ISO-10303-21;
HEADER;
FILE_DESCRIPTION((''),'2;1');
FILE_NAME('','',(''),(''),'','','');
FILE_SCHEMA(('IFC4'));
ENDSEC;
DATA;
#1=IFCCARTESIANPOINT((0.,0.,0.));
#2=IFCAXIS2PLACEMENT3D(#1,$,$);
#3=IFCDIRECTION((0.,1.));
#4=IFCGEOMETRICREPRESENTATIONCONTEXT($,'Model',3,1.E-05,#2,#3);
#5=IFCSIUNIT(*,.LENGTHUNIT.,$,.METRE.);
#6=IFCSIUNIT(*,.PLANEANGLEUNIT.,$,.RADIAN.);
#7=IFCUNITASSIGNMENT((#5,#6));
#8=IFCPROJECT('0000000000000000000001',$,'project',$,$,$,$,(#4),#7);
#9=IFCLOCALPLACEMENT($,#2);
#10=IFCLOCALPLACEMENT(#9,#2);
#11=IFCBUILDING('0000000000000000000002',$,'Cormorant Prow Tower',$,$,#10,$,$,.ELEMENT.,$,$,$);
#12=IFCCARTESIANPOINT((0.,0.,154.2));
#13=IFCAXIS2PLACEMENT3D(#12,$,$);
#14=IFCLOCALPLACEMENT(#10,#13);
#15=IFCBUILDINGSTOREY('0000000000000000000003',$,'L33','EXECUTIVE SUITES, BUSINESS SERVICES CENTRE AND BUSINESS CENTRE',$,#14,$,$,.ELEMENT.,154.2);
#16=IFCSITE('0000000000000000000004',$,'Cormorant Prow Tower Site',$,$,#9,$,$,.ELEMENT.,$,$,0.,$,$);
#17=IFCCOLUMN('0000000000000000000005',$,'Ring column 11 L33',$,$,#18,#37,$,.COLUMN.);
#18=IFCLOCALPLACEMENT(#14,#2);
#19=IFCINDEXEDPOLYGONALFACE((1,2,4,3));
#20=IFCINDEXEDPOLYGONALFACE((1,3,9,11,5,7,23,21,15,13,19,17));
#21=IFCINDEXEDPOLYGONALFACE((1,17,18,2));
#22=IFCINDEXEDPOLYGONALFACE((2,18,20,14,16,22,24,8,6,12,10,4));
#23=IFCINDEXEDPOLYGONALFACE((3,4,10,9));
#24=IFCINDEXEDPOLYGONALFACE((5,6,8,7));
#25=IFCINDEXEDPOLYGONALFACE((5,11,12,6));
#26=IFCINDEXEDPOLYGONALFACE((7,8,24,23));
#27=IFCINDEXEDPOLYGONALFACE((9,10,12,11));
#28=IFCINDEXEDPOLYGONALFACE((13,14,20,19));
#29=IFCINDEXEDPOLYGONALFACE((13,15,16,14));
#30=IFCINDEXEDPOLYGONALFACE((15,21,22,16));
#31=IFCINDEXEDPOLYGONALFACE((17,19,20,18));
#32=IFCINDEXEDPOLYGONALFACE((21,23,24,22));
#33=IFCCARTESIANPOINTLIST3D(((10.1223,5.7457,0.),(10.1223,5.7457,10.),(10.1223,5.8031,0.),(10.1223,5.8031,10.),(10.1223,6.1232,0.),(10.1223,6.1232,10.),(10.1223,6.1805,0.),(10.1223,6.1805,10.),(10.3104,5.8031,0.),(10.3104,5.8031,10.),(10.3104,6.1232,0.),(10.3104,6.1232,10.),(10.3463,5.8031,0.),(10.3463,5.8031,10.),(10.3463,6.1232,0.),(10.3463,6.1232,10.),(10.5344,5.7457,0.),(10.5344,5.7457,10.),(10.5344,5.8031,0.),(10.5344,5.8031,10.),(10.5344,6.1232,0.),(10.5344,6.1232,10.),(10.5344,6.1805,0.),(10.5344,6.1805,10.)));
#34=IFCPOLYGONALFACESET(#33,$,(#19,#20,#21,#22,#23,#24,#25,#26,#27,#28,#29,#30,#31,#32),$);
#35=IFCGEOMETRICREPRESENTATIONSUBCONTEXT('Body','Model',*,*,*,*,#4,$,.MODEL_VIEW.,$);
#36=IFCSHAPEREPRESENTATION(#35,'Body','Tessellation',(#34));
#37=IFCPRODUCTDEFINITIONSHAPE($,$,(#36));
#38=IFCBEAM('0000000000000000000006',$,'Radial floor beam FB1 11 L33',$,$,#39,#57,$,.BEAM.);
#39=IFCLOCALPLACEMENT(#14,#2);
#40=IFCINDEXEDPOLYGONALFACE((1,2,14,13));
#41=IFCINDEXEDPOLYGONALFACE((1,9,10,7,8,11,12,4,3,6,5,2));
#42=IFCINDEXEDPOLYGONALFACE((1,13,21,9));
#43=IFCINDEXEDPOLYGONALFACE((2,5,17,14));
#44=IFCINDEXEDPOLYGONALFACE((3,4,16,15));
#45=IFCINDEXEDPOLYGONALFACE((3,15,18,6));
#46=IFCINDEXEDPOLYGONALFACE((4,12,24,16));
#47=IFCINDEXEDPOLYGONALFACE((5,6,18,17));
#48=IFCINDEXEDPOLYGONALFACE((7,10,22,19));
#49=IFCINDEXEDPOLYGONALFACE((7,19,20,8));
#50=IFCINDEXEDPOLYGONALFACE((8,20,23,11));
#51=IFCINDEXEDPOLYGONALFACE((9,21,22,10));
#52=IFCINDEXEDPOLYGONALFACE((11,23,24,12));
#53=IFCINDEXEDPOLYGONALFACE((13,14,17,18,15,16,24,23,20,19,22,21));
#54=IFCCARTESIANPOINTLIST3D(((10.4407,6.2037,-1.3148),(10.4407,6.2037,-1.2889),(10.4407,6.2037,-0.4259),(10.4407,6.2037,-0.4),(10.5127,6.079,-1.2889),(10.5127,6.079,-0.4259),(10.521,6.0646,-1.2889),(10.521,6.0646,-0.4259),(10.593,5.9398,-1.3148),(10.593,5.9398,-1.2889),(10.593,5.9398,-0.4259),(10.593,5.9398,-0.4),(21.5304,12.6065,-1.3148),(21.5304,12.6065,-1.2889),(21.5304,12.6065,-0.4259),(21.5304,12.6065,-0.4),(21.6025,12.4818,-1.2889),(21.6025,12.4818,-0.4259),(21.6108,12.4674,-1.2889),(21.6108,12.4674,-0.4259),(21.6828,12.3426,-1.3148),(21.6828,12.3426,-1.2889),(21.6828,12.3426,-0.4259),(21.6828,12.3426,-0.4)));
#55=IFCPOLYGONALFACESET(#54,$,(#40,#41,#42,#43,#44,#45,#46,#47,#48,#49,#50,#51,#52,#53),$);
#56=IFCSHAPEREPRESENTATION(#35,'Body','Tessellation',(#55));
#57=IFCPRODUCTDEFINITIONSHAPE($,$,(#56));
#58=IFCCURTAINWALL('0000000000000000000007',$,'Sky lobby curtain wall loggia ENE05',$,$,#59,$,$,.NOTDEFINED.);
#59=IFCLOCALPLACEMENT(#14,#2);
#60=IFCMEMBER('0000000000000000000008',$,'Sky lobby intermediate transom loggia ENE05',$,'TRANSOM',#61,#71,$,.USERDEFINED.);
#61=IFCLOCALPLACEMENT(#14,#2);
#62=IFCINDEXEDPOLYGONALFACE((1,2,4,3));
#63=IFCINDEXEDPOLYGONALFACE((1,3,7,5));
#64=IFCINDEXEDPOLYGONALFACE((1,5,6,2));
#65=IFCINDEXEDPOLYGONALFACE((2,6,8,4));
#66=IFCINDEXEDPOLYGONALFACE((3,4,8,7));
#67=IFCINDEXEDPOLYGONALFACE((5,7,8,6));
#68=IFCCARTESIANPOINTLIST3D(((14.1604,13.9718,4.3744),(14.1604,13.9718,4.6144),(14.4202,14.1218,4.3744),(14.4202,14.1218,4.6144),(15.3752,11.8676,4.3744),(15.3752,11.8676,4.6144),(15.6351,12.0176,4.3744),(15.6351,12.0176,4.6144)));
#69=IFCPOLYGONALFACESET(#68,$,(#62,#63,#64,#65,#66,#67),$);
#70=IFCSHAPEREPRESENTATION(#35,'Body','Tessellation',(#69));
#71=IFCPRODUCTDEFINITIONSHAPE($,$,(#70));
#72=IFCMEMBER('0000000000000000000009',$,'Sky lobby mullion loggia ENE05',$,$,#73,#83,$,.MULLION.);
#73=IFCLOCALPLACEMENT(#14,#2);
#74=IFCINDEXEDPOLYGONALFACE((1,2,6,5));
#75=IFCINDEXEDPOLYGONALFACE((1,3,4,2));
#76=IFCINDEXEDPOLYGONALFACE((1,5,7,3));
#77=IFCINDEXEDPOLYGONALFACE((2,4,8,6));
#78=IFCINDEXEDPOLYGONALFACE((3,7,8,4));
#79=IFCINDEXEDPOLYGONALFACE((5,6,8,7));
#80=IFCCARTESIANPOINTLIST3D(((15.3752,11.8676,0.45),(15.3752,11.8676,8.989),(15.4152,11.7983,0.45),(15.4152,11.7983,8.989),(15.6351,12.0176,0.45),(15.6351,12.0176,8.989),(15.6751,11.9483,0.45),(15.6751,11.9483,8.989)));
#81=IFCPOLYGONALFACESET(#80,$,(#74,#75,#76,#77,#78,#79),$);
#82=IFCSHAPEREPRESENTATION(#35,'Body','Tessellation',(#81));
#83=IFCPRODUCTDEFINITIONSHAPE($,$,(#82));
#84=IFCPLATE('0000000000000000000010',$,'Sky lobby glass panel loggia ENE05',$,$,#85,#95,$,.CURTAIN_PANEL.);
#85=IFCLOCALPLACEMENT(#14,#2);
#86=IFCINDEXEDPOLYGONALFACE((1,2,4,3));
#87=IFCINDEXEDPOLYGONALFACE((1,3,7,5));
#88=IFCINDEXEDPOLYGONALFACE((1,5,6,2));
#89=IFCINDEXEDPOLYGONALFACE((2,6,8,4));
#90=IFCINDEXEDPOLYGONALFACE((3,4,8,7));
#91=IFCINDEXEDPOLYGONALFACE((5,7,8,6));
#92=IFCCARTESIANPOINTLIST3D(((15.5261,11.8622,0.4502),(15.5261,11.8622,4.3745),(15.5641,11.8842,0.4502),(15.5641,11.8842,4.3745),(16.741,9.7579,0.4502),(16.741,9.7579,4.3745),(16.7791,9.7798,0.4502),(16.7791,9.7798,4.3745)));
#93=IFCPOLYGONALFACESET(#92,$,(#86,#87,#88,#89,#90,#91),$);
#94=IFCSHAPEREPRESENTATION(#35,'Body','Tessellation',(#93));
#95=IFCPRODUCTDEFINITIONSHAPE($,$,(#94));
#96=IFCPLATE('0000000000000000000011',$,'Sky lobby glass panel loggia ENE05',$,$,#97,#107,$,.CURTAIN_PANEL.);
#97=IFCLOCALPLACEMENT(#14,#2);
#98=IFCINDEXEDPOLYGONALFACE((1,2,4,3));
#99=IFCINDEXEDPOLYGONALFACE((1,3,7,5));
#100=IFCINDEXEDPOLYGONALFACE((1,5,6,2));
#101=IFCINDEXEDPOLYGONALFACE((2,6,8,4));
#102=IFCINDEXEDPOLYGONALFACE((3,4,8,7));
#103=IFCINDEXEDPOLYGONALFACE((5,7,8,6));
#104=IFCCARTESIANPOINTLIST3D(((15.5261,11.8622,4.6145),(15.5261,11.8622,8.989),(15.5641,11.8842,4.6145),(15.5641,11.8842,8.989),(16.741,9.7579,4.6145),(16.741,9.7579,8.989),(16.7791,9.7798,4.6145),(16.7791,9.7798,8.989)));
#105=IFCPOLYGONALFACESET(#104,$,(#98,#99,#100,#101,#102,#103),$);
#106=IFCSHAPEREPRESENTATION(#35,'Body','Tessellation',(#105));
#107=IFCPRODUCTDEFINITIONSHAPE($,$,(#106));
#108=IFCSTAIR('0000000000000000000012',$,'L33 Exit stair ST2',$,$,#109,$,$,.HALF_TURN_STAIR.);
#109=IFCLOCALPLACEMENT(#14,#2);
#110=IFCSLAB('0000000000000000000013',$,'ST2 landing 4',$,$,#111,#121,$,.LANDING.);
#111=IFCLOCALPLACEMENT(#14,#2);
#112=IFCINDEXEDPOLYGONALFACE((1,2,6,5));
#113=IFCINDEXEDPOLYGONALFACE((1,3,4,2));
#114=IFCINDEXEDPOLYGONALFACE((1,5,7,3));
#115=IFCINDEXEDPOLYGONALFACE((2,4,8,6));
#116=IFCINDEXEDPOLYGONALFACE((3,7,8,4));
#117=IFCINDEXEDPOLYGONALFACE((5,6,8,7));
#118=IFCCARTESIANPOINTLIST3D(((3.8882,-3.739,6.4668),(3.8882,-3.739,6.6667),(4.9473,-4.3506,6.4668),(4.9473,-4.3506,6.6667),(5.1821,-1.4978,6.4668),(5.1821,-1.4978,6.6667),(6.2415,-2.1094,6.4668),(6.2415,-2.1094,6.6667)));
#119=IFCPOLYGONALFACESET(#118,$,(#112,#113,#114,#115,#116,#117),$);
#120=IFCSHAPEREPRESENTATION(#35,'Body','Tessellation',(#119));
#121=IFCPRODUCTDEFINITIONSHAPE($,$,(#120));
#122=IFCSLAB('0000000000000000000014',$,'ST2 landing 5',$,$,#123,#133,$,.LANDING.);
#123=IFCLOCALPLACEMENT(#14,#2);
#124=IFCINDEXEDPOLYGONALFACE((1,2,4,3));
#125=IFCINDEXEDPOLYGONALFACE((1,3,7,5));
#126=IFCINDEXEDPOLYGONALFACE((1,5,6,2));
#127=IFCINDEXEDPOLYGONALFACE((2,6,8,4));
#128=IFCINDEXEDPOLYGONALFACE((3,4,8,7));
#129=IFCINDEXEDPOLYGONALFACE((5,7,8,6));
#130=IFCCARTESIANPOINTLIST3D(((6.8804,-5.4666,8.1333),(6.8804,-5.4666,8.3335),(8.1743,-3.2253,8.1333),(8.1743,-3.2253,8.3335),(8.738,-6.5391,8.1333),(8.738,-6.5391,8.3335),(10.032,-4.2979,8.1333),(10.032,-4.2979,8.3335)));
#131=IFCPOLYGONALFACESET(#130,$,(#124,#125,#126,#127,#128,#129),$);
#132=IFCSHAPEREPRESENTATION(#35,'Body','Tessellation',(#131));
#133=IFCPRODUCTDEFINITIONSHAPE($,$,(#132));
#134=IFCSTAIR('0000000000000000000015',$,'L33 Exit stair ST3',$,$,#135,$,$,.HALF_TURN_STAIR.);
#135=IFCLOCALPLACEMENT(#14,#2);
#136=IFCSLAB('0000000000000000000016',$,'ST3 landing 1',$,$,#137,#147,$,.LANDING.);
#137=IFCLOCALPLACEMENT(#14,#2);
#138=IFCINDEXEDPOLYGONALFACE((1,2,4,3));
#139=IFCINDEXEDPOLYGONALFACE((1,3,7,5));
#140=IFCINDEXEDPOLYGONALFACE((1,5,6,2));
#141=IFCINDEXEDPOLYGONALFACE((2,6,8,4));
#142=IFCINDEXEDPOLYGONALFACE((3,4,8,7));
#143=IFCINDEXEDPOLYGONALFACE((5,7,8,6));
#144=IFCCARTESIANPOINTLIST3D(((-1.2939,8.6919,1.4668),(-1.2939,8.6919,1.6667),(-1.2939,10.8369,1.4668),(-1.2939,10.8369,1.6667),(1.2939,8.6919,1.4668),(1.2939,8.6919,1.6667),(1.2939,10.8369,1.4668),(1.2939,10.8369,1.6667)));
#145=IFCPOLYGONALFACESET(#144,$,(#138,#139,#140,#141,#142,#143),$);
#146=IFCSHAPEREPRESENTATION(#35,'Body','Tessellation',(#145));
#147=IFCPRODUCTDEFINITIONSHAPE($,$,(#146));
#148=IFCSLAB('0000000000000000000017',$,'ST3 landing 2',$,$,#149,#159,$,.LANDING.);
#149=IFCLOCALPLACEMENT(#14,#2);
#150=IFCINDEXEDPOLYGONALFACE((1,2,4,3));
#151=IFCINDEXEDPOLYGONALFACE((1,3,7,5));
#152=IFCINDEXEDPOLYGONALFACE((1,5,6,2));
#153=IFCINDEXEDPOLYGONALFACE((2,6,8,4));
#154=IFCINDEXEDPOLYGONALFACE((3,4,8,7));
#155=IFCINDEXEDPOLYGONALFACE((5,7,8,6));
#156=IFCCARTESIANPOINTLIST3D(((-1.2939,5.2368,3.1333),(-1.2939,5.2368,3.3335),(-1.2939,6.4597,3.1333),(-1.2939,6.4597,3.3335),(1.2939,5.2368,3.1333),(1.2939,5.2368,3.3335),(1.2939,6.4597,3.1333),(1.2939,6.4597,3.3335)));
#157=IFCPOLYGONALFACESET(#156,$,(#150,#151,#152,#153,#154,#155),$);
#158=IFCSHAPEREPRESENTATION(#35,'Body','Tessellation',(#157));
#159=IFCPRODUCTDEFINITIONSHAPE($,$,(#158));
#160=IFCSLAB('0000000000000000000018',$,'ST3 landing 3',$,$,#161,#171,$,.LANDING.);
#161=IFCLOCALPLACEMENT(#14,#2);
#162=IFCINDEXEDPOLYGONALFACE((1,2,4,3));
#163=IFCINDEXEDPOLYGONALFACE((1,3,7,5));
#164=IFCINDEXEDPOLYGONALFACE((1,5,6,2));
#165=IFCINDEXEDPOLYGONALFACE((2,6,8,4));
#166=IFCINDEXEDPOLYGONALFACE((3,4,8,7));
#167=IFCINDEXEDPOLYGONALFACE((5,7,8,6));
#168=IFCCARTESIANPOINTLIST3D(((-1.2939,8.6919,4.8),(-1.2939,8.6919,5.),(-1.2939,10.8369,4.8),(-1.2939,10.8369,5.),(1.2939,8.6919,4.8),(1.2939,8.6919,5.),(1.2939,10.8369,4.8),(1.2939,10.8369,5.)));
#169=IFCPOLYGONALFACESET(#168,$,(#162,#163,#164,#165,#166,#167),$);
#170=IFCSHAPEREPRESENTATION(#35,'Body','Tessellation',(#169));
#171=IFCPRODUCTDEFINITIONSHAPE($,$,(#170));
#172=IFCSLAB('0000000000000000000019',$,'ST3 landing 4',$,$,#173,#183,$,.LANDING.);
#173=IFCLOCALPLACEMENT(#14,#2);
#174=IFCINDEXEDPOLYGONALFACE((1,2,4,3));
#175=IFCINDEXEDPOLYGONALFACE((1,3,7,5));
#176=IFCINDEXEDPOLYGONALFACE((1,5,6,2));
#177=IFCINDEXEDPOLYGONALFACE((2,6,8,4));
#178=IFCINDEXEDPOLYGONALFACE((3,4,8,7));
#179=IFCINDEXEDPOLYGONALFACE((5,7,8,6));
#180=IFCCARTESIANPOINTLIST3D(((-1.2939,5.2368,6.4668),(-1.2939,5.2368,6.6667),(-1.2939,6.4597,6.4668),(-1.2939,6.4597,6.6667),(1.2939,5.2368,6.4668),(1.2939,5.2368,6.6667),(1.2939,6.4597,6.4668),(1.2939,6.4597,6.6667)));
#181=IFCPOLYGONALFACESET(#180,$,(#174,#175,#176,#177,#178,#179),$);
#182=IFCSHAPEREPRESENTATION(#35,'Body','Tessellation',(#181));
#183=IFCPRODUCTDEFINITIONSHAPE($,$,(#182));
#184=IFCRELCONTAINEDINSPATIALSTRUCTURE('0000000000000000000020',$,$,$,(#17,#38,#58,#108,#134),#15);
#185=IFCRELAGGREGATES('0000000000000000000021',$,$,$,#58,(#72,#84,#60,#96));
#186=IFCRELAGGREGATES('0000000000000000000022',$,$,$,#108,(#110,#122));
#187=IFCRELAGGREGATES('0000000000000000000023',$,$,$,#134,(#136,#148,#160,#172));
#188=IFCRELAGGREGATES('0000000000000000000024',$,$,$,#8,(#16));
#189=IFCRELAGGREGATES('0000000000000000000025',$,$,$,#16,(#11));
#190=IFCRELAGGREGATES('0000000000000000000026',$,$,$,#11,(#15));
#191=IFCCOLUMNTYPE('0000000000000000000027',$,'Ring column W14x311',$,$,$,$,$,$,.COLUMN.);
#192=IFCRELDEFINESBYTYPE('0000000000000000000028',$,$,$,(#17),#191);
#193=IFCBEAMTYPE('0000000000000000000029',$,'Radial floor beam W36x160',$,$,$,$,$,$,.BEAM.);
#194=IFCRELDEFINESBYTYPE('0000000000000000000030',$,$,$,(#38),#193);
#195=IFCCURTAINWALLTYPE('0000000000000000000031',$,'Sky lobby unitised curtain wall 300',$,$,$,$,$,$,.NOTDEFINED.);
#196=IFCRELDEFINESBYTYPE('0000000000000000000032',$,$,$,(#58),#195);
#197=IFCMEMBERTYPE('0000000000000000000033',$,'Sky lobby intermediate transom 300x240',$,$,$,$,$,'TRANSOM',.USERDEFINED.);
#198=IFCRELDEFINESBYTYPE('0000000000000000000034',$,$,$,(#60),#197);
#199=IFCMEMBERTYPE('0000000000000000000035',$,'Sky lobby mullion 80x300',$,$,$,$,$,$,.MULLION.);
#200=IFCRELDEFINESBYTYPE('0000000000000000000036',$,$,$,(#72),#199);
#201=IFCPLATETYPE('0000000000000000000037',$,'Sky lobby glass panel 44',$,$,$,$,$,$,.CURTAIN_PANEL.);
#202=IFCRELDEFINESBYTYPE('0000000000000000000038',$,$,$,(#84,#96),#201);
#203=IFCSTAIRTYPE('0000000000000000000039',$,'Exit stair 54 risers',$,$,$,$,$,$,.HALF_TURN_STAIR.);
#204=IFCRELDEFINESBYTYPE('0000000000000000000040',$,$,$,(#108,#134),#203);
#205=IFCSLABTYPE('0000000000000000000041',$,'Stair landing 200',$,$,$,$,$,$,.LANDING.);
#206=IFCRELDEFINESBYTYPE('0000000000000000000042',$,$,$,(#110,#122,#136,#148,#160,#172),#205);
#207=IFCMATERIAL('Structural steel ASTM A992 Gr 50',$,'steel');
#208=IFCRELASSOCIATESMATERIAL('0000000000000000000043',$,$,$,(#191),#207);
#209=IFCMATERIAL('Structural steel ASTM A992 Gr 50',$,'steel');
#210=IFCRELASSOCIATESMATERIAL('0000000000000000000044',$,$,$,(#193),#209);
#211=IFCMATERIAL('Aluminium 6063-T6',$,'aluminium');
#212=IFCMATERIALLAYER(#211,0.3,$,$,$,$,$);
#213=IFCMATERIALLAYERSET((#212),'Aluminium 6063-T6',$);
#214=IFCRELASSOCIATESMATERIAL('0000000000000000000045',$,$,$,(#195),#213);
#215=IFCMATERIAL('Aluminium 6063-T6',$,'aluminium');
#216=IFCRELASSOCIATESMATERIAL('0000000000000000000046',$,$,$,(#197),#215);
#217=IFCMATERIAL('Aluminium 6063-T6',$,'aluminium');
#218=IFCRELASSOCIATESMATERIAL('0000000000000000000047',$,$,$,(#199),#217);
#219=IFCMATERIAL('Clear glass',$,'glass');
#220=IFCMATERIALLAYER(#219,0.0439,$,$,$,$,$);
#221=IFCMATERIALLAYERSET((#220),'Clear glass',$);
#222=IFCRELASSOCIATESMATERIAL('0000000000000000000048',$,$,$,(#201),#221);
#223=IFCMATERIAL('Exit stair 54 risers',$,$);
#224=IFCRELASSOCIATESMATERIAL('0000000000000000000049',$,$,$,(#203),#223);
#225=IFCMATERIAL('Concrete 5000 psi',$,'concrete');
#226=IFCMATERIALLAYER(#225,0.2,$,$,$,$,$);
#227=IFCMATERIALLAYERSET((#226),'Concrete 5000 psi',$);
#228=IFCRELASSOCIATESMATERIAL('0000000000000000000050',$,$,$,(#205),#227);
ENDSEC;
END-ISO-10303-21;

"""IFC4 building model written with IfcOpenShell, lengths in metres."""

from ifc_helpers import new_model, si_unit, direction, frame, origin, origin_2d, place, context, subcontext, project, spatial, polyline, rectangle, i_section, outline, extrude, material, layer, layer_set, material_profile, profile_set, type_object, element, aggregate, save


model = new_model("IFC4")

# Units and contexts
model_context = context("Model", 3, precision=1e-05, world=origin(), true_north=direction((0.0, 1.0)))
body_context = subcontext(model_context, "Body", "Model", "MODEL_VIEW")
ifc_project = project(units=[si_unit("LENGTHUNIT", "METRE"), si_unit("PLANEANGLEUNIT", "RADIAN")], contexts=[model_context])

# Site, building, storey
site_placement = place(None, origin())
site = spatial("IfcSite", under=ifc_project, at=site_placement, Name="Cormorant Prow Tower Site", CompositionType="ELEMENT", RefElevation=0.0)
building_placement = place(site_placement, origin())
building = spatial("IfcBuilding", under=site, at=building_placement, Name="Cormorant Prow Tower", CompositionType="ELEMENT")
storey_placement = place(building_placement, frame((0.0, 0.0, 154.2)))
storey = spatial("IfcBuildingStorey", under=building, at=storey_placement, Name="L33", Description="EXECUTIVE SUITES, BUSINESS SERVICES CENTRE AND BUSINESS CENTRE", CompositionType="ELEMENT", Elevation=154.2)

# Column
ifc_material_1 = material(Name="Structural steel ASTM A992 Gr 50", Category="steel")
ifc_material_profile_1 = material_profile(ifc_material_1, i_section(OverallWidth=0.4121, OverallDepth=0.4348, WebThickness=0.0359, FlangeThickness=0.0574, at=origin_2d()), Name="W14x311")
ifc_profile_set_1 = profile_set([ifc_material_profile_1], Name="Structural steel ASTM A992 Gr 50")
column_type = type_object("IfcColumnType", Name="Ring column W14x311", PredefinedType="COLUMN", material=ifc_profile_set_1)
column_placement = place(storey_placement, frame((10.3284, 5.9631, 0.0), z_axis=(0.0, 0.0, 1.0), x_axis=(1.0, 0.0, 0.0)))
element("IfcColumn", 1, at=column_placement, inside=storey, type_object=column_type, Name="Ring column 11 L33", PredefinedType="COLUMN", context=body_context, shape_type="SweptSolid", body=[
    extrude(i_section(OverallWidth=0.4121, OverallDepth=0.4348, WebThickness=0.0359, FlangeThickness=0.0574, at=origin_2d()), origin(), (0.0, 0.0, 1.0), 10.0),
])

# Beam
ifc_material_2 = material(Name="Structural steel ASTM A992 Gr 50", Category="steel")
ifc_material_profile_2 = material_profile(ifc_material_2, i_section(OverallWidth=0.3047, OverallDepth=0.9148, WebThickness=0.0166, FlangeThickness=0.0259, at=origin_2d()), Name="W36x160")
ifc_profile_set_2 = profile_set([ifc_material_profile_2], Name="Structural steel ASTM A992 Gr 50")
beam_type = type_object("IfcBeamType", Name="Radial floor beam W36x160", PredefinedType="BEAM", material=ifc_profile_set_2)
beam_placement = place(storey_placement, frame((10.5168, 6.0718, -0.8574), z_axis=(0.866022, 0.500006, 0.0), x_axis=(-0.500006, 0.866022, 0.0)))
element("IfcBeam", 2, at=beam_placement, inside=storey, type_object=beam_type, Name="Radial floor beam FB1 11 L33", PredefinedType="BEAM", context=body_context, shape_type="SweptSolid", body=[
    extrude(i_section(OverallWidth=0.3047, OverallDepth=0.9148, WebThickness=0.0166, FlangeThickness=0.0259, at=origin_2d()), origin(), (0.0, 0.0, 1.0), 12.8054),
])

# Curtain wall, members, plates
ifc_material_3 = material(Name="Aluminium 6063-T6", Category="aluminium")
ifc_layer_1 = layer(ifc_material_3, 0.3)
ifc_layer_set_1 = layer_set([ifc_layer_1], Name="Aluminium 6063-T6")
curtain_wall_type = type_object("IfcCurtainWallType", Name="Sky lobby unitised curtain wall 300", PredefinedType="NOTDEFINED", material=ifc_layer_set_1)
curtain_wall_placement = place(storey_placement, origin())
curtain_wall = element("IfcCurtainWall", 3, at=curtain_wall_placement, inside=storey, type_object=curtain_wall_type, Name="Sky lobby curtain wall loggia ENE05", PredefinedType="NOTDEFINED")
ifc_material_4 = material(Name="Aluminium 6063-T6", Category="aluminium")
ifc_material_profile_3 = material_profile(ifc_material_4, rectangle(XDim=0.3, YDim=0.24, at=origin_2d()), Name="Sky lobby intermediate transom 300x240")
ifc_profile_set_3 = profile_set([ifc_material_profile_3], Name="Aluminium 6063-T6")
member_type_1 = type_object("IfcMemberType", Name="Sky lobby intermediate transom 300x240", ElementType="TRANSOM", PredefinedType="USERDEFINED", material=ifc_profile_set_3)
member_1_placement = place(storey_placement, frame((15.5051, 11.9426, 4.4944), z_axis=(-0.499986, 0.866033, 0.0), x_axis=(-0.866033, -0.499986, 0.0)))
member_1 = element("IfcMember", 4, at=member_1_placement, type_object=member_type_1, Name="Sky lobby intermediate transom loggia ENE05", ObjectType="TRANSOM", PredefinedType="USERDEFINED", context=body_context, shape_type="SweptSolid", body=[
    extrude(rectangle(XDim=0.3, YDim=0.24, at=origin_2d()), origin(), (0.0, 0.0, 1.0), 2.4297),
])
ifc_material_5 = material(Name="Aluminium 6063-T6", Category="aluminium")
ifc_material_profile_4 = material_profile(ifc_material_5, rectangle(XDim=0.3, YDim=0.0801, at=origin_2d()), Name="Sky lobby mullion 80x300")
ifc_profile_set_4 = profile_set([ifc_material_profile_4], Name="Aluminium 6063-T6")
member_type_2 = type_object("IfcMemberType", Name="Sky lobby mullion 80x300", PredefinedType="MULLION", material=ifc_profile_set_4)
member_2_placement = place(storey_placement, frame((15.5251, 11.908, 0.45), z_axis=(0.0, 0.0, 1.0), x_axis=(-0.866025, -0.5, 0.0)))
member_2 = element("IfcMember", 5, at=member_2_placement, type_object=member_type_2, Name="Sky lobby mullion loggia ENE05", PredefinedType="MULLION", context=body_context, shape_type="SweptSolid", body=[
    extrude(rectangle(XDim=0.3, YDim=0.0801, at=origin_2d()), origin(), (0.0, 0.0, 1.0), 8.5391),
])
ifc_material_6 = material(Name="Clear glass", Category="glass")
ifc_layer_2 = layer(ifc_material_6, 0.0439)
ifc_layer_set_2 = layer_set([ifc_layer_2], Name="Clear glass")
plate_type = type_object("IfcPlateType", Name="Sky lobby glass panel 44", PredefinedType="CURTAIN_PANEL", material=ifc_layer_set_2)
plate_1_placement = place(storey_placement, frame((16.1526, 10.821, 0.4502), z_axis=(0.0, 0.0, 1.0), x_axis=(-0.5, 0.866025, 0.0)))
plate_1 = element("IfcPlate", 6, at=plate_1_placement, type_object=plate_type, Name="Sky lobby glass panel loggia ENE05", PredefinedType="CURTAIN_PANEL", context=body_context, shape_type="SweptSolid", body=[
    extrude(rectangle(XDim=2.4299, YDim=0.0439, at=origin_2d()), origin(), (0.0, 0.0, 1.0), 3.9243),
])
plate_2_placement = place(storey_placement, frame((16.1526, 10.821, 4.6145), z_axis=(0.0, 0.0, 1.0), x_axis=(-0.5, 0.866025, 0.0)))
plate_2 = element("IfcPlate", 7, at=plate_2_placement, type_object=plate_type, Name="Sky lobby glass panel loggia ENE05", PredefinedType="CURTAIN_PANEL", context=body_context, shape_type="SweptSolid", body=[
    extrude(rectangle(XDim=2.4299, YDim=0.0439, at=origin_2d()), origin(), (0.0, 0.0, 1.0), 4.3745),
])
aggregate(curtain_wall, [member_2, plate_1, member_1, plate_2])

# Stairs, slabs
ifc_material_7 = material(Name="Exit stair 54 risers")
stair_type = type_object("IfcStairType", Name="Exit stair 54 risers", PredefinedType="HALF_TURN_STAIR", material=ifc_material_7)
stair_1_placement = place(storey_placement, origin())
stair_1 = element("IfcStair", 8, at=stair_1_placement, inside=storey, type_object=stair_type, Name="L33 Exit stair ST2", PredefinedType="HALF_TURN_STAIR")
ifc_material_8 = material(Name="Concrete 5000 psi", Category="concrete")
ifc_layer_3 = layer(ifc_material_8, 0.2)
ifc_layer_set_3 = layer_set([ifc_layer_3], Name="Concrete 5000 psi")
slab_type = type_object("IfcSlabType", Name="Stair landing 200", PredefinedType="LANDING", material=ifc_layer_set_3)
slab_1_placement = place(storey_placement, frame((0.0, 0.0, 6.4668)))
slab_1 = element("IfcSlab", 9, at=slab_1_placement, type_object=slab_type, Name="ST2 landing 4", PredefinedType="LANDING", context=body_context, shape_type="SweptSolid", body=[
    extrude(outline(polyline([(3.8882, -3.739), (4.9473, -4.3506), (6.2415, -2.1094), (5.1821, -1.4978), (3.8882, -3.739)])), origin(), (0.0, 0.0, 1.0), 0.2),
])
slab_2_placement = place(storey_placement, frame((0.0, 0.0, 8.1333)))
slab_2 = element("IfcSlab", 10, at=slab_2_placement, type_object=slab_type, Name="ST2 landing 5", PredefinedType="LANDING", context=body_context, shape_type="SweptSolid", body=[
    extrude(outline(polyline([(6.8804, -5.4666), (8.738, -6.5391), (10.032, -4.2979), (8.1743, -3.2253), (6.8804, -5.4666)])), origin(), (0.0, 0.0, 1.0), 0.2002),
])
aggregate(stair_1, [slab_1, slab_2])
stair_2_placement = place(storey_placement, origin())
stair_2 = element("IfcStair", 11, at=stair_2_placement, inside=storey, type_object=stair_type, Name="L33 Exit stair ST3", PredefinedType="HALF_TURN_STAIR")
slab_3_placement = place(storey_placement, frame((0.0, 0.0, 1.4668)))
slab_3 = element("IfcSlab", 12, at=slab_3_placement, type_object=slab_type, Name="ST3 landing 1", PredefinedType="LANDING", context=body_context, shape_type="SweptSolid", body=[
    extrude(outline(polyline([(1.2939, 8.6919), (1.2939, 10.8369), (-1.2939, 10.8369), (-1.2939, 8.6919), (1.2939, 8.6919)])), origin(), (0.0, 0.0, 1.0), 0.2),
])
slab_4_placement = place(storey_placement, frame((0.0, 0.0, 3.1333)))
slab_4 = element("IfcSlab", 13, at=slab_4_placement, type_object=slab_type, Name="ST3 landing 2", PredefinedType="LANDING", context=body_context, shape_type="SweptSolid", body=[
    extrude(outline(polyline([(1.2939, 5.2368), (1.2939, 6.4597), (-1.2939, 6.4597), (-1.2939, 5.2368), (1.2939, 5.2368)])), origin(), (0.0, 0.0, 1.0), 0.2002),
])
slab_5_placement = place(storey_placement, frame((0.0, 0.0, 4.8)))
slab_5 = element("IfcSlab", 14, at=slab_5_placement, type_object=slab_type, Name="ST3 landing 3", PredefinedType="LANDING", context=body_context, shape_type="SweptSolid", body=[
    extrude(outline(polyline([(1.2939, 8.6919), (1.2939, 10.8369), (-1.2939, 10.8369), (-1.2939, 8.6919), (1.2939, 8.6919)])), origin(), (0.0, 0.0, 1.0), 0.2),
])
slab_6_placement = place(storey_placement, frame((0.0, 0.0, 6.4668)))
slab_6 = element("IfcSlab", 15, at=slab_6_placement, type_object=slab_type, Name="ST3 landing 4", PredefinedType="LANDING", context=body_context, shape_type="SweptSolid", body=[
    extrude(outline(polyline([(1.2939, 5.2368), (1.2939, 6.4597), (-1.2939, 6.4597), (-1.2939, 5.2368), (1.2939, 5.2368)])), origin(), (0.0, 0.0, 1.0), 0.2),
])

aggregate(stair_2, [slab_3, slab_4, slab_5, slab_6])

save(model, "model.ifc")
